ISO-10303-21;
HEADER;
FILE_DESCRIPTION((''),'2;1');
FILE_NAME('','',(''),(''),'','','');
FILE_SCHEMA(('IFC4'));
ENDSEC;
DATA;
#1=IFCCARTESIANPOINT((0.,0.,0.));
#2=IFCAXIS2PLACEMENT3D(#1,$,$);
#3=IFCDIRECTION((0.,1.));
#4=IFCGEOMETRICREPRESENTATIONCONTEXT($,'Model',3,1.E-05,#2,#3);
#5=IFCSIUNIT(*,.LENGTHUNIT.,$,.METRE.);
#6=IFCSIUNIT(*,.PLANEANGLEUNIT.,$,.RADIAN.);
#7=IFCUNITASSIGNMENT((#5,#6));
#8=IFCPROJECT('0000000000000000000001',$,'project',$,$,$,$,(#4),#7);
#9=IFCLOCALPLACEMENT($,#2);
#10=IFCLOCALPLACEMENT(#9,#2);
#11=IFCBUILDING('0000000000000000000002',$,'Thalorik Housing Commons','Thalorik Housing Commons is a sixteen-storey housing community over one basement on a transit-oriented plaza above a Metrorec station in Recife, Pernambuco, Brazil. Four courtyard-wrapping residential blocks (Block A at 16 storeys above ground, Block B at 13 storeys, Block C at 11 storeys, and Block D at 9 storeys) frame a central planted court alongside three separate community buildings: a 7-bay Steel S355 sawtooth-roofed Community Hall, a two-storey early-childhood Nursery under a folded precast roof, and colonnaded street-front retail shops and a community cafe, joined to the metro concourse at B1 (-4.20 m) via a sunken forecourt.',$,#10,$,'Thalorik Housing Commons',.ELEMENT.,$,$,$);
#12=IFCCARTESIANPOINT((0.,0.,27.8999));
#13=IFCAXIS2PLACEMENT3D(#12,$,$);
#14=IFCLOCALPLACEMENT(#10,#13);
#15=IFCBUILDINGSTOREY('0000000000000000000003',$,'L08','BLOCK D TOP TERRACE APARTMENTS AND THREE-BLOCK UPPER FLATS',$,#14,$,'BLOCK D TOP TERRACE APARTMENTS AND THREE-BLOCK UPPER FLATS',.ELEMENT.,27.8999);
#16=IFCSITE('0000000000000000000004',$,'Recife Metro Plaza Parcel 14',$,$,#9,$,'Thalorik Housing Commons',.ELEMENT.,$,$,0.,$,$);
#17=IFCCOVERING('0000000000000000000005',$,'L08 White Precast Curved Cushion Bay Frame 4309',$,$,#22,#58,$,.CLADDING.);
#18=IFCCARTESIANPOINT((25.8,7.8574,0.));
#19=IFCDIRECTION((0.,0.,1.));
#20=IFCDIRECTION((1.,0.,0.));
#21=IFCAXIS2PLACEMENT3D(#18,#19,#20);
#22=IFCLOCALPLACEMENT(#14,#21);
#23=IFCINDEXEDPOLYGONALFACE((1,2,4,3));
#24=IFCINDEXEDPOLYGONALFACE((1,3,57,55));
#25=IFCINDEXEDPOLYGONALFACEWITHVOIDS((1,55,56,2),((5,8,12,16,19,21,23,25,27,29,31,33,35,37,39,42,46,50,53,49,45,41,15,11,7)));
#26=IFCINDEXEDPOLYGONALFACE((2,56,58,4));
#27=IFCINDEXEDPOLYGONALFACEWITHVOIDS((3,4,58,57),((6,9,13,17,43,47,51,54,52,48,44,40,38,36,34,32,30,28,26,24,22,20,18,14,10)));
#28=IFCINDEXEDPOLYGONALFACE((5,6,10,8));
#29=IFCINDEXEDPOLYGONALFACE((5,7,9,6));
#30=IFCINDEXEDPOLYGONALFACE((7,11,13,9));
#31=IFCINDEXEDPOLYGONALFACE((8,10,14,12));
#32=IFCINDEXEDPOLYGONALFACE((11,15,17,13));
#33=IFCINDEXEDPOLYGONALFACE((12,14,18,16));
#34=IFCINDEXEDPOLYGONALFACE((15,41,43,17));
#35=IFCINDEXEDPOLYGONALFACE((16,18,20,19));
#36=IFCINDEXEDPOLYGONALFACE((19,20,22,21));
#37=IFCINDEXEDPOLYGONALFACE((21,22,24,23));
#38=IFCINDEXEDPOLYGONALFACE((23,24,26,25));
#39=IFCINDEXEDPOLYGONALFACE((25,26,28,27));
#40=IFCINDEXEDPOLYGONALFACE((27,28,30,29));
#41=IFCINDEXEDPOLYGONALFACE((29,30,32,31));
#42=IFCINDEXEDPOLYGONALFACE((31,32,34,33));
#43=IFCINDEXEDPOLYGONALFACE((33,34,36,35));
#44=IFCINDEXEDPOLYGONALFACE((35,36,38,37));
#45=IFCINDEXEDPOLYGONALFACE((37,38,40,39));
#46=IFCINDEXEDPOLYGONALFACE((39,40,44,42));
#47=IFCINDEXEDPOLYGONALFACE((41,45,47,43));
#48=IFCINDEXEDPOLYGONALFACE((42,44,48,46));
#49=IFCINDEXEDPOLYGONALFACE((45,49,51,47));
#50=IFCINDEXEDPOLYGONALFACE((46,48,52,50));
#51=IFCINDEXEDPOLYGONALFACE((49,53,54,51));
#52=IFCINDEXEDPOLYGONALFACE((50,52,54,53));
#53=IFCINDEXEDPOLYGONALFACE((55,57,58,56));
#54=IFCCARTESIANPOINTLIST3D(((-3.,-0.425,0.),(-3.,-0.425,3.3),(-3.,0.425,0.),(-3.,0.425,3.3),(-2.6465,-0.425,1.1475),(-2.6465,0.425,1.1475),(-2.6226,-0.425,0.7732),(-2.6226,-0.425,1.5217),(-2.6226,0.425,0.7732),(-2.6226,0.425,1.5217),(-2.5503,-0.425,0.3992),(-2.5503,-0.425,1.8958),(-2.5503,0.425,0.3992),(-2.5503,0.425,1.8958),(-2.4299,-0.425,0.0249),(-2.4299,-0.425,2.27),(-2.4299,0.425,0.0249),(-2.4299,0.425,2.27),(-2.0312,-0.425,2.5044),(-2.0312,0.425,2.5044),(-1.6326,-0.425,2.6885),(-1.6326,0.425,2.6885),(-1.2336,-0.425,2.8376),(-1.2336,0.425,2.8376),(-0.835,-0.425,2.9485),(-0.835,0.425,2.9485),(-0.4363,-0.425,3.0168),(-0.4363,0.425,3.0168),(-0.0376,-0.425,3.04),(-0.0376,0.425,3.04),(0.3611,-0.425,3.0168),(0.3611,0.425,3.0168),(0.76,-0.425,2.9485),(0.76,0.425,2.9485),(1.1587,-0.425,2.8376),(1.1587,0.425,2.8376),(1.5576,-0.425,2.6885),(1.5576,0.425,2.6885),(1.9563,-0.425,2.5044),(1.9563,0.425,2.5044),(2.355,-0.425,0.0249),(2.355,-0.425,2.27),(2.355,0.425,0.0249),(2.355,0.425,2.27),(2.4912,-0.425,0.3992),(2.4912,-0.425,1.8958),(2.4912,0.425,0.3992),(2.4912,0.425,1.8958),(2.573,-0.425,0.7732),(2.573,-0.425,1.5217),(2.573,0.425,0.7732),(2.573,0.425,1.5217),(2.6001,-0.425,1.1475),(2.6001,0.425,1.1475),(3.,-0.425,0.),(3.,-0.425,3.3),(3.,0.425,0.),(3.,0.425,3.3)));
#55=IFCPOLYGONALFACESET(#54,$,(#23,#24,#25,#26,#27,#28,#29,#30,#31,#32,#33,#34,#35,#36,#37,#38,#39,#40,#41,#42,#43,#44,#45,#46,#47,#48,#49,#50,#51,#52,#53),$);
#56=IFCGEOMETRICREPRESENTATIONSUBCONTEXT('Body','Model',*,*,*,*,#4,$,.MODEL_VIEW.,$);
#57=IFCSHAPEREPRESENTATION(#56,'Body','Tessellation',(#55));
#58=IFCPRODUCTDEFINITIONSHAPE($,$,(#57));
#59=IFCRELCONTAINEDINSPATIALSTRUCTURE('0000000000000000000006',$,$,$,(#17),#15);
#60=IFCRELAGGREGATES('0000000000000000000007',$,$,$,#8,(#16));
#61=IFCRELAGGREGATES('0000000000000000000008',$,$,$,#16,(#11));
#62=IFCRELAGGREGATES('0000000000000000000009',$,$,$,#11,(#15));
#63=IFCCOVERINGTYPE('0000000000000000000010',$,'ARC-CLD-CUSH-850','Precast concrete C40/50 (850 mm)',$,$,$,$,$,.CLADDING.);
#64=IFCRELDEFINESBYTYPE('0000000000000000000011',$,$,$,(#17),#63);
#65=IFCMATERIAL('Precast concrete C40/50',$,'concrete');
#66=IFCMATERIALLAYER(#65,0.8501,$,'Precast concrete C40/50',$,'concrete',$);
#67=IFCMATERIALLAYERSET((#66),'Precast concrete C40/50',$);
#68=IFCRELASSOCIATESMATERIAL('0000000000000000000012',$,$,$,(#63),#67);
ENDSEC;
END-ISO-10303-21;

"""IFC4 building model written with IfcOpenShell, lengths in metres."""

from ifc_helpers import new_model, si_unit, direction, frame, origin, place, context, subcontext, project, spatial, polyline, outline, extrude, material, layer, layer_set, type_object, element, save


model = new_model("IFC4")

# Units and contexts
model_context = context("Model", 3, precision=1e-05, world=origin(), true_north=direction((0.0, 1.0)))
body_context = subcontext(model_context, "Body", "Model", "MODEL_VIEW")
ifc_project = project(units=[si_unit("LENGTHUNIT", "METRE"), si_unit("PLANEANGLEUNIT", "RADIAN")], contexts=[model_context])

# Site, building, storey
site_placement = place(None, origin())
site = spatial("IfcSite", under=ifc_project, at=site_placement, Name="Recife Metro Plaza Parcel 14", LongName="Thalorik Housing Commons", CompositionType="ELEMENT", RefElevation=0.0)
building_placement = place(site_placement, origin())
building = spatial("IfcBuilding", under=site, at=building_placement, Name="Thalorik Housing Commons", Description="Thalorik Housing Commons is a sixteen-storey housing community over one basement on a transit-oriented plaza above a Metrorec station in Recife, Pernambuco, Brazil. Four courtyard-wrapping residential blocks (Block A at 16 storeys above ground, Block B at 13 storeys, Block C at 11 storeys, and Block D at 9 storeys) frame a central planted court alongside three separate community buildings: a 7-bay Steel S355 sawtooth-roofed Community Hall, a two-storey early-childhood Nursery under a folded precast roof, and colonnaded street-front retail shops and a community cafe, joined to the metro concourse at B1 (-4.20 m) via a sunken forecourt.", LongName="Thalorik Housing Commons", CompositionType="ELEMENT")
storey_placement = place(building_placement, frame((0.0, 0.0, 27.8999)))
storey = spatial("IfcBuildingStorey", under=building, at=storey_placement, Name="L08", Description="BLOCK D TOP TERRACE APARTMENTS AND THREE-BLOCK UPPER FLATS", LongName="BLOCK D TOP TERRACE APARTMENTS AND THREE-BLOCK UPPER FLATS", CompositionType="ELEMENT", Elevation=27.8999)

# Shared definitions
ifc_material_1 = material(Name="Precast concrete C40/50", Category="concrete")

# Covering
ifc_layer_1 = layer(ifc_material_1, 0.8501, Name="Precast concrete C40/50", Category="concrete")
ifc_layer_set_1 = layer_set([ifc_layer_1], Name="Precast concrete C40/50")
covering_type_1 = type_object("IfcCoveringType", Name="ARC-CLD-CUSH-850", Description="Precast concrete C40/50 (850 mm)", PredefinedType="CLADDING", material=ifc_layer_set_1)
covering_1_placement = place(storey_placement, frame((25.8, 7.8574, 0.0), z_axis=(0.0, 0.0, 1.0), x_axis=(1.0, 0.0, 0.0)))
element("IfcCovering", 1, at=covering_1_placement, inside=storey, type_object=covering_type_1, Name="L08 White Precast Curved Cushion Bay Frame 4309", PredefinedType="CLADDING", context=body_context, shape_type="SweptSolid", body=[
    extrude(outline(polyline([(-3.0, 0.0), (3.0, 0.0), (3.0, 3.3), (-3.0, 3.3), (-3.0, 0.0)]), holes=[polyline([(2.355, 0.0249), (2.4912, 0.3992), (2.573, 0.7732), (2.6001, 1.1475), (2.573, 1.5217), (2.4912, 1.8958), (2.355, 2.27), (1.9563, 2.5044), (1.5576, 2.6885), (1.1587, 2.8376), (0.76, 2.9485), (0.3611, 3.0168), (-0.0376, 3.04), (-0.4363, 3.0168), (-0.835, 2.9485), (-1.2336, 2.8376), (-1.6326, 2.6885), (-2.0312, 2.5044), (-2.4299, 2.27), (-2.5503, 1.8958), (-2.6226, 1.5217), (-2.6465, 1.1475), (-2.6226, 0.7732), (-2.5503, 0.3992), (-2.4299, 0.0249), (2.355, 0.0249)])]), frame((0.0, 0.425, 0.0), z_axis=(0.0, -1.0, 0.0), x_axis=(1.0, 0.0, 0.0)), (0.0, 0.0, 1.0), 0.8501),
])

save(model, "model.ifc")
